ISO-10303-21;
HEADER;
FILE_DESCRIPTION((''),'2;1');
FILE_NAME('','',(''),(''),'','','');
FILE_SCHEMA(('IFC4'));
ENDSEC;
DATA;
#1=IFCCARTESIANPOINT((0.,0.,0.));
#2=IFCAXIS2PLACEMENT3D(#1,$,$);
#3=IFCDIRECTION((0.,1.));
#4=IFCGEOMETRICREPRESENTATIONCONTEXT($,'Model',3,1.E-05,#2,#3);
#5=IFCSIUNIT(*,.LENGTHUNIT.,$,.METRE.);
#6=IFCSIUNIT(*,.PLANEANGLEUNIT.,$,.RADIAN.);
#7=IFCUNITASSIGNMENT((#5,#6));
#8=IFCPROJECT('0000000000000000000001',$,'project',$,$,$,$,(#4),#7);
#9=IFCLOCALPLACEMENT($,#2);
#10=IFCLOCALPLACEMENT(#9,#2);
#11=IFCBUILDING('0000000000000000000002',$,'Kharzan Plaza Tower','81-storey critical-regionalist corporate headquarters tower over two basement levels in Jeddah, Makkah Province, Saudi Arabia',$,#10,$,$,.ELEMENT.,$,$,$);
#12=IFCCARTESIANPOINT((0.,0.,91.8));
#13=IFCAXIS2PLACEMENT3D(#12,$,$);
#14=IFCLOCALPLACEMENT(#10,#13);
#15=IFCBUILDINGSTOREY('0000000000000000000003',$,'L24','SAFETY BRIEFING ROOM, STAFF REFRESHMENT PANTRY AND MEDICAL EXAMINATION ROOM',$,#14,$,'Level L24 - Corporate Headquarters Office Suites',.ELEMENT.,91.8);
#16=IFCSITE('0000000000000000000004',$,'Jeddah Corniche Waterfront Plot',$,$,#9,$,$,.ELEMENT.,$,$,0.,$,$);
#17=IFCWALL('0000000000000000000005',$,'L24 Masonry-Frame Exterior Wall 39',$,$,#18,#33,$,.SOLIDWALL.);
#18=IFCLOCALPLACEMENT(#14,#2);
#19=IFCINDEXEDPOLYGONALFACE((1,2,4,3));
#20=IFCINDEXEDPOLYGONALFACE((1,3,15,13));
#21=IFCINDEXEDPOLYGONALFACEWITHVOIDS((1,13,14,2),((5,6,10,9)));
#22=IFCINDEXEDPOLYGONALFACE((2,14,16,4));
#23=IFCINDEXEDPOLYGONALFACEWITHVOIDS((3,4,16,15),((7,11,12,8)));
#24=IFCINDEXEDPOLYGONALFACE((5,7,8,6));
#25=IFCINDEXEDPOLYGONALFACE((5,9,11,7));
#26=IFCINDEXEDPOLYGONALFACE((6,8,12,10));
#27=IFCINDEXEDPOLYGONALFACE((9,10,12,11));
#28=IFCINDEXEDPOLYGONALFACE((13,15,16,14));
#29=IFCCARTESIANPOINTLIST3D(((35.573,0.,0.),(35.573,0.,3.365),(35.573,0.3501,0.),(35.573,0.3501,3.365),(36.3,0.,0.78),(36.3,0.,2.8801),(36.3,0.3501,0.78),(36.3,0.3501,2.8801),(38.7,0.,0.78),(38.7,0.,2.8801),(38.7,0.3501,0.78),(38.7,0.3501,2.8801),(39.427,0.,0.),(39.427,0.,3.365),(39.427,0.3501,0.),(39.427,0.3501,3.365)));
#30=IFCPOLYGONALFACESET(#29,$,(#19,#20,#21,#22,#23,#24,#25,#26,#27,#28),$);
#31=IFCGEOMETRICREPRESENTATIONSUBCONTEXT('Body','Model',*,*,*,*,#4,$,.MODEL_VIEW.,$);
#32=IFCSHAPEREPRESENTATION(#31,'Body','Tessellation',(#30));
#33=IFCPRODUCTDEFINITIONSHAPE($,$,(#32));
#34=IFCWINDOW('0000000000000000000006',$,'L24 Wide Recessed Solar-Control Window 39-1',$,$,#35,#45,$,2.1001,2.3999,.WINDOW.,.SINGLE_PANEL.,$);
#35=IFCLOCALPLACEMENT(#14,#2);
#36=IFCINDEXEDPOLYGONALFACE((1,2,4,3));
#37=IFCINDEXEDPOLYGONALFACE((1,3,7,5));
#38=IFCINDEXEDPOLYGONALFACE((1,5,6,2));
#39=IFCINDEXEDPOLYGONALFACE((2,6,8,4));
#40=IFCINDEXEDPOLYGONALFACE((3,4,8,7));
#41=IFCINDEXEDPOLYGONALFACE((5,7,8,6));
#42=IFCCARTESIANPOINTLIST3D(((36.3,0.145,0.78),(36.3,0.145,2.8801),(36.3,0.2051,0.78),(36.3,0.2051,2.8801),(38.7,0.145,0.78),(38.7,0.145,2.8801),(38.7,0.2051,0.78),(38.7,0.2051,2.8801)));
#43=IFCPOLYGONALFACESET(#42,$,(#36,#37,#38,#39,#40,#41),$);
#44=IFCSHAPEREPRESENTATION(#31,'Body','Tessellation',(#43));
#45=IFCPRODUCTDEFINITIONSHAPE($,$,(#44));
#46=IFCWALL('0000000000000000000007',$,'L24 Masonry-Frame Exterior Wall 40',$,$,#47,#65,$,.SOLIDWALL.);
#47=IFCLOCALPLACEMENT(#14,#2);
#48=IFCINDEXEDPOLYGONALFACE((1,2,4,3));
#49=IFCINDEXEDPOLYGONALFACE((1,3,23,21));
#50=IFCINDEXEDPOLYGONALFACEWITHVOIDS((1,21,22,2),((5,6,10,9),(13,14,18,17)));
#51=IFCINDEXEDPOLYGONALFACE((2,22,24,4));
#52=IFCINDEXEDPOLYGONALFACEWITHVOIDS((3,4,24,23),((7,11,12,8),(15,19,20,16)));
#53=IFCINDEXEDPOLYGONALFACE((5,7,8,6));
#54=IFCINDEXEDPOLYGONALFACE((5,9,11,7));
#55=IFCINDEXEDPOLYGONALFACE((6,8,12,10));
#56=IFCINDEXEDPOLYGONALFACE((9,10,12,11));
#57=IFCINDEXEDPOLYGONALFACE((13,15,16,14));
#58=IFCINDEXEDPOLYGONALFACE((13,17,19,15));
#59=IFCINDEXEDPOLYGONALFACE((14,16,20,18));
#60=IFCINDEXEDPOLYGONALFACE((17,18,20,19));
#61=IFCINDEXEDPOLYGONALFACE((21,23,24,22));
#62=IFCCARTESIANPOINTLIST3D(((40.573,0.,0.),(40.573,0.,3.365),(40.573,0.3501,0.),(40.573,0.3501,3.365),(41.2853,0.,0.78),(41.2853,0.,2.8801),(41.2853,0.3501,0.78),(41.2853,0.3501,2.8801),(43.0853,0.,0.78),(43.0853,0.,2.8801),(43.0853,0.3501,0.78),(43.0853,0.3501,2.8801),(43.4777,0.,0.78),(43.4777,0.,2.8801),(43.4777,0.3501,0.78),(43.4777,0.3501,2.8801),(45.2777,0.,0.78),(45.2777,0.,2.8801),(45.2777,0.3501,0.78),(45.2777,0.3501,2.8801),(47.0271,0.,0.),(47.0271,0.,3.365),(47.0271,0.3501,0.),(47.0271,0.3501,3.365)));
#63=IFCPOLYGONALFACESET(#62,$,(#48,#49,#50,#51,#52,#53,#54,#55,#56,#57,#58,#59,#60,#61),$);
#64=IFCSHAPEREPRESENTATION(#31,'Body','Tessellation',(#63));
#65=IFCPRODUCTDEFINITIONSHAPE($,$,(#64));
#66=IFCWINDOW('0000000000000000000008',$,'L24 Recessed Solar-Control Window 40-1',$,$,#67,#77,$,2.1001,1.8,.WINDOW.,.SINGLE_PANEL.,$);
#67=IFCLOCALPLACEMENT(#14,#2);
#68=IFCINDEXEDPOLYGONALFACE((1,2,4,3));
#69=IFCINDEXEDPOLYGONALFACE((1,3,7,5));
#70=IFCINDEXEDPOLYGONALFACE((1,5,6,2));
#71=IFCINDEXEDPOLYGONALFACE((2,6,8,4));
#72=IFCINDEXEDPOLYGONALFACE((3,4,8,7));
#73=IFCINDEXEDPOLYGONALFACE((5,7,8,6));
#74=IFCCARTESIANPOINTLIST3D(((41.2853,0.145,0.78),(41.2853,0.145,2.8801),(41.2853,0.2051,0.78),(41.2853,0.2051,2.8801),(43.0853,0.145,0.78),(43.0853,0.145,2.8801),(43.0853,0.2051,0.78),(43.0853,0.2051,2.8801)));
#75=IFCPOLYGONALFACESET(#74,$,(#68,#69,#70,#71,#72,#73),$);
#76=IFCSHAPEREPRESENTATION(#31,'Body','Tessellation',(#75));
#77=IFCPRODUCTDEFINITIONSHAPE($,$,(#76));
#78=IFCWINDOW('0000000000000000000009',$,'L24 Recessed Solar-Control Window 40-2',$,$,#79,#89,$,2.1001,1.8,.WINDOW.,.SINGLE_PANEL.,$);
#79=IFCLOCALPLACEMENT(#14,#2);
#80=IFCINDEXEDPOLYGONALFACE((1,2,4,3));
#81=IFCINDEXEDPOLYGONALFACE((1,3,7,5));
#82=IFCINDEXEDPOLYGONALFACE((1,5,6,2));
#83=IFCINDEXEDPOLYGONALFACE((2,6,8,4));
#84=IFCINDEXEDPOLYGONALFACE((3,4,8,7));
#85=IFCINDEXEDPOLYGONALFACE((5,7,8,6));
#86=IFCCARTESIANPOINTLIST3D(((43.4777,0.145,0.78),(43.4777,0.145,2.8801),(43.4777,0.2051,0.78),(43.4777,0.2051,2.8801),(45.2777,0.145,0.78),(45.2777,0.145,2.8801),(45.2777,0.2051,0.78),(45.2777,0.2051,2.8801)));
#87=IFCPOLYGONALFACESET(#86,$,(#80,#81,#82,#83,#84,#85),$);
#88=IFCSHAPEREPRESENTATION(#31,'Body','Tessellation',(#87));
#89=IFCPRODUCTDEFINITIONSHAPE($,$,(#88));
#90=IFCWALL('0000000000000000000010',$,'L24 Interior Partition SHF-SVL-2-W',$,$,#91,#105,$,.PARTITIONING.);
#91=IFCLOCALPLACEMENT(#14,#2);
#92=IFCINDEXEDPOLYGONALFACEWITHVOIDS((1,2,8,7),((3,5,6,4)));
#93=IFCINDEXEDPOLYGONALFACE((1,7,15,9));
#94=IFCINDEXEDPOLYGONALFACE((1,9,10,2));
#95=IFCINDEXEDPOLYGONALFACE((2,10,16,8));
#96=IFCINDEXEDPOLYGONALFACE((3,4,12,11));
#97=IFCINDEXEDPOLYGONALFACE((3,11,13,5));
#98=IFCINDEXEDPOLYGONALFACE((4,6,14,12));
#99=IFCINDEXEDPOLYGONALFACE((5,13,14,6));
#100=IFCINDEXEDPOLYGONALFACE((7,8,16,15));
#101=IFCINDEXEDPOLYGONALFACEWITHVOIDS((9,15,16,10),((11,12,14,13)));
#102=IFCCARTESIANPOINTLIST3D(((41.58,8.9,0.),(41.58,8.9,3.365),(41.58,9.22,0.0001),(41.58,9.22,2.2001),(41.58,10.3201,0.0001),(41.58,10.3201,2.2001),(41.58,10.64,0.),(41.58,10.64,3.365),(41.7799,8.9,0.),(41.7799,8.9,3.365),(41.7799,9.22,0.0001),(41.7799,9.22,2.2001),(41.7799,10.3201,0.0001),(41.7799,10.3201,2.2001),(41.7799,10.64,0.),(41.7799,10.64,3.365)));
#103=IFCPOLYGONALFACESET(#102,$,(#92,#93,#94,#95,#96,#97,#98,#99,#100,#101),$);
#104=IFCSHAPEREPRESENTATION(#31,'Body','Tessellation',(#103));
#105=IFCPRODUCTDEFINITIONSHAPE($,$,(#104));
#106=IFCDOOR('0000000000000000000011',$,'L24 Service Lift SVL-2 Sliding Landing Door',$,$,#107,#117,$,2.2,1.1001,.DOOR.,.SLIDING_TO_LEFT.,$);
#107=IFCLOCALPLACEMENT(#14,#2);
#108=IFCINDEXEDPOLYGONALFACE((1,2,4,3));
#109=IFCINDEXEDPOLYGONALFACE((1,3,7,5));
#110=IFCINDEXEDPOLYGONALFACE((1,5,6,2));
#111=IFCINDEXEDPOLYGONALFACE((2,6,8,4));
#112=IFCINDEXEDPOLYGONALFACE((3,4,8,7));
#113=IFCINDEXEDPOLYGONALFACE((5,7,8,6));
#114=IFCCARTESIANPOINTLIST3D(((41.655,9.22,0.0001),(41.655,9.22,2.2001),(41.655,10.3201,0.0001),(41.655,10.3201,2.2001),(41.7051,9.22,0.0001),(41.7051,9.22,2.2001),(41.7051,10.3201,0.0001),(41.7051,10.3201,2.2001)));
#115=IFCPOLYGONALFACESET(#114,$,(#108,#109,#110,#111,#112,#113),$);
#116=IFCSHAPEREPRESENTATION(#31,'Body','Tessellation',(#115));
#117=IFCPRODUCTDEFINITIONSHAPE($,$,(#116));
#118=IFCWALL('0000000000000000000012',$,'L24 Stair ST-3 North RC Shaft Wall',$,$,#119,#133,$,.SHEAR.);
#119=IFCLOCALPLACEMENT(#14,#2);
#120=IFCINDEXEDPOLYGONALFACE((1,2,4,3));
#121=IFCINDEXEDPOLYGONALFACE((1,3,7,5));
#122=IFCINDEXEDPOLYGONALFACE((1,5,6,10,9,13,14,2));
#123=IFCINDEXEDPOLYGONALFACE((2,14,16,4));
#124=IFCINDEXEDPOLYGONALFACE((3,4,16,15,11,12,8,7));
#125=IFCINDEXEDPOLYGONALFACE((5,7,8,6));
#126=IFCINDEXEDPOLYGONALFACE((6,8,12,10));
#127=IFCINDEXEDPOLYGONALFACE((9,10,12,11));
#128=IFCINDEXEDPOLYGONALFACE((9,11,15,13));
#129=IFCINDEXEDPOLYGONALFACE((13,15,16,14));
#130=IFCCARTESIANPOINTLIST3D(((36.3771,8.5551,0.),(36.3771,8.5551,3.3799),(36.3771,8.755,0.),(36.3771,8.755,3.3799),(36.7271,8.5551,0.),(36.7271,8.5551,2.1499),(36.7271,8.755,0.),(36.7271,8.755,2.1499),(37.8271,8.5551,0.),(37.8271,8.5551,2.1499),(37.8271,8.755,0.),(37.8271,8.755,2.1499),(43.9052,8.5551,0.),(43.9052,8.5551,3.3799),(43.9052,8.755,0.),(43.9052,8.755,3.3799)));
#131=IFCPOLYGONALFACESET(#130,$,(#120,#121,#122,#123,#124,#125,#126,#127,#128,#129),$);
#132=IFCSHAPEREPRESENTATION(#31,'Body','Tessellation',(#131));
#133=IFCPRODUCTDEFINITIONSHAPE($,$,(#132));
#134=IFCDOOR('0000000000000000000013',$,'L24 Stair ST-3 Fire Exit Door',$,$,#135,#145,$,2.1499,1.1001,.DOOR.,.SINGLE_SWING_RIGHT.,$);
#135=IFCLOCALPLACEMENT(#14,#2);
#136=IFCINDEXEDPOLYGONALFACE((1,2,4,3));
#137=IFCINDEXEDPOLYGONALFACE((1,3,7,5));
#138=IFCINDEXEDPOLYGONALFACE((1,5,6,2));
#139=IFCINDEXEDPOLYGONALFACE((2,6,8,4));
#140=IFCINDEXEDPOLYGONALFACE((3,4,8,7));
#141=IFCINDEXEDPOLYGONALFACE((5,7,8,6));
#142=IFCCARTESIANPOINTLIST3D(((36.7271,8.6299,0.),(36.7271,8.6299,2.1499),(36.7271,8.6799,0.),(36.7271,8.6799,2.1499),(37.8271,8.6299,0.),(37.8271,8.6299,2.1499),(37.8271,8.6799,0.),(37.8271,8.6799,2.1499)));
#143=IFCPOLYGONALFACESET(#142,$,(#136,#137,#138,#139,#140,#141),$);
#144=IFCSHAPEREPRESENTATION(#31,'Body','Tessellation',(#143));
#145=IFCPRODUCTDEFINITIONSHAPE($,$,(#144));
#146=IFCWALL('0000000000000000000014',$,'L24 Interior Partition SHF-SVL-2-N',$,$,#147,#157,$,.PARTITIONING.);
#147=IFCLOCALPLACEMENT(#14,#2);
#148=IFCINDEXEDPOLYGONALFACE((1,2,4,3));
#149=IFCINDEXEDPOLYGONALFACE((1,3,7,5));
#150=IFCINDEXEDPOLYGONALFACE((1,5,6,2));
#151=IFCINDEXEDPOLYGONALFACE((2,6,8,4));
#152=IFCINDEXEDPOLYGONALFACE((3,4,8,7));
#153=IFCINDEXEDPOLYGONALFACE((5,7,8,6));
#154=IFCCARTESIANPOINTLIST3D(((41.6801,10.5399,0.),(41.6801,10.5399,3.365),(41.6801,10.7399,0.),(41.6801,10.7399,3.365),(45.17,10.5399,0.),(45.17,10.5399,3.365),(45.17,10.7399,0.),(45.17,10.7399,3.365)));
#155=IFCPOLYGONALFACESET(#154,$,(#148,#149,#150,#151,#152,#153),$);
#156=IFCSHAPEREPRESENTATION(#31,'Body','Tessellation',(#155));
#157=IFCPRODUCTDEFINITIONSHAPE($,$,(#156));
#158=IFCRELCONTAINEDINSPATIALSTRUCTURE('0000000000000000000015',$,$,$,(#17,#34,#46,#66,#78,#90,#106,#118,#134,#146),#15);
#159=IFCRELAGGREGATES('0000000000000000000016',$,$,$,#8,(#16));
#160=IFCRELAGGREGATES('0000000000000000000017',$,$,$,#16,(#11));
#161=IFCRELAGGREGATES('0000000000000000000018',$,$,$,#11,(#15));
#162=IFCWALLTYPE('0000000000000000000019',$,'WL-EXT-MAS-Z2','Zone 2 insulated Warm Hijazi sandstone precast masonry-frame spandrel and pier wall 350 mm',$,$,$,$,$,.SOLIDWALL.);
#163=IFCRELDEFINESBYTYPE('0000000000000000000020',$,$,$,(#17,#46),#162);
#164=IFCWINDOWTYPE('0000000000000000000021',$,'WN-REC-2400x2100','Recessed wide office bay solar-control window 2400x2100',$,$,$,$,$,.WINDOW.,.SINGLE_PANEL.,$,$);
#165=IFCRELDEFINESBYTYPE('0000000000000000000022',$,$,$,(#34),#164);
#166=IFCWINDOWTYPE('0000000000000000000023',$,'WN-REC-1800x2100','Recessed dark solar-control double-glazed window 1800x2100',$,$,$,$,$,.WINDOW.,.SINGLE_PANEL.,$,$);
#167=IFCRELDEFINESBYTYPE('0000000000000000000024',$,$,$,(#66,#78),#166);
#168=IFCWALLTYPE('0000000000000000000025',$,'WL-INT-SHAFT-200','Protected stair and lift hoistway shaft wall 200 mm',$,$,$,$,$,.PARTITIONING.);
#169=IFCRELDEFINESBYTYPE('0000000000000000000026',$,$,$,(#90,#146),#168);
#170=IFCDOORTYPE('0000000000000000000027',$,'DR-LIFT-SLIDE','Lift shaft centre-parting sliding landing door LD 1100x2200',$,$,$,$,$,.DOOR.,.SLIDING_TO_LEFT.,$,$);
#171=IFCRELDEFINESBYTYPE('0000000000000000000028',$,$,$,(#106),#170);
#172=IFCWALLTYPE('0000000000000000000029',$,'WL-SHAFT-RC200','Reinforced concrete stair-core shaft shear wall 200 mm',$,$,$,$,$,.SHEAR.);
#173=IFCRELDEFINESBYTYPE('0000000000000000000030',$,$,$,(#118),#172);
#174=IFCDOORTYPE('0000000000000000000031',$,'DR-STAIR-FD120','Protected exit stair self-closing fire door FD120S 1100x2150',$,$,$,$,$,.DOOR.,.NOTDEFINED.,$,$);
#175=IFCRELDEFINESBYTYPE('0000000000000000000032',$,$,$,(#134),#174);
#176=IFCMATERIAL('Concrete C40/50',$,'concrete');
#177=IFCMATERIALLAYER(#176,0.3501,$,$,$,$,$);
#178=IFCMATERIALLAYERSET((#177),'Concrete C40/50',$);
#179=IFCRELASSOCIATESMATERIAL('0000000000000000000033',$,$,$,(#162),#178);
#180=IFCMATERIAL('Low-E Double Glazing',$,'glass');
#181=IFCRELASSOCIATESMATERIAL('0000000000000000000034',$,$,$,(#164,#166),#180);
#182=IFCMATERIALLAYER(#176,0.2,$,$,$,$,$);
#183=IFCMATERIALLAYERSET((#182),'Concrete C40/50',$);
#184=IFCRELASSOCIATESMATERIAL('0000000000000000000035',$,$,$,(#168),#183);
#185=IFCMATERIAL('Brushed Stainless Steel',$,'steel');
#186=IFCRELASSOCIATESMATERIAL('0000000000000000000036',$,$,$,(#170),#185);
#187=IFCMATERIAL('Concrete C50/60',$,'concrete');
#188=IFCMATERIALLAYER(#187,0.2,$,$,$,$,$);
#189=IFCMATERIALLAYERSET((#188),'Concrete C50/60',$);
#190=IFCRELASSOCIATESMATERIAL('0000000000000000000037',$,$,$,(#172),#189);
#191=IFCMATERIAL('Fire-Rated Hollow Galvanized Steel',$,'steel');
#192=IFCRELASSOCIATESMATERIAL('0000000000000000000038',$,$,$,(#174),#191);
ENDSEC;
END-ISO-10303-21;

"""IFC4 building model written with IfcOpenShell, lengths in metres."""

from ifc_helpers import new_model, si_unit, direction, frame, frame_2d, origin, place, context, subcontext, project, spatial, rectangle, extrude, source, transform, mapped, material, layer, layer_set, type_object, element, fill, save


model = new_model("IFC4")

# Units and contexts
model_context = context("Model", 3, precision=1e-05, world=origin(), true_north=direction((0.0, 1.0)))
body_context = subcontext(model_context, "Body", "Model", "MODEL_VIEW")
ifc_project = project(units=[si_unit("LENGTHUNIT", "METRE"), si_unit("PLANEANGLEUNIT", "RADIAN")], contexts=[model_context])

# Site, building, storey
site_placement = place(None, origin())
site = spatial("IfcSite", under=ifc_project, at=site_placement, Name="Jeddah Corniche Waterfront Plot", CompositionType="ELEMENT", RefElevation=0.0)
building_placement = place(site_placement, origin())
building = spatial("IfcBuilding", under=site, at=building_placement, Name="Kharzan Plaza Tower", Description="81-storey critical-regionalist corporate headquarters tower over two basement levels in Jeddah, Makkah Province, Saudi Arabia", CompositionType="ELEMENT")
storey_placement = place(building_placement, frame((0.0, 0.0, 91.8)))
storey = spatial("IfcBuildingStorey", under=building, at=storey_placement, Name="L24", Description="SAFETY BRIEFING ROOM, STAFF REFRESHMENT PANTRY AND MEDICAL EXAMINATION ROOM", LongName="Level L24 - Corporate Headquarters Office Suites", CompositionType="ELEMENT", Elevation=91.8)

# Wall, opening, window
ifc_material_1 = material(Name="Concrete C40/50", Category="concrete")
ifc_layer_1 = layer(ifc_material_1, 0.3501)
ifc_layer_set_1 = layer_set([ifc_layer_1], Name="Concrete C40/50")
wall_type_1 = type_object("IfcWallType", Name="WL-EXT-MAS-Z2", Description="Zone 2 insulated Warm Hijazi sandstone precast masonry-frame spandrel and pier wall 350 mm", PredefinedType="SOLIDWALL", material=ifc_layer_set_1)
wall_1_placement = place(storey_placement, frame((35.573, 0.175, 0.0), z_axis=(0.0, 0.0, 1.0), x_axis=(1.0, 0.0, 0.0)))
wall_1 = element("IfcWall", 1, at=wall_1_placement, inside=storey, type_object=wall_type_1, Name="L24 Masonry-Frame Exterior Wall 39", PredefinedType="SOLIDWALL", context=body_context, shape_type="SweptSolid", body=[
    extrude(rectangle(XDim=3.854, YDim=0.3501, at=frame_2d((1.927, 0.0))), origin(), (0.0, 0.0, 1.0), 3.365),
])
opening_1_placement = place(wall_1_placement, frame((0.7271, 0.0, 0.78)))
opening_1 = element("IfcOpeningElement", 2, at=opening_1_placement, cuts=wall_1, PredefinedType="OPENING", context=body_context, shape_type="SweptSolid", body=[
    extrude(rectangle(XDim=2.3999, YDim=2.1001, at=frame_2d((1.2, 1.05))), frame((0.0, 0.1851, 0.0), z_axis=(0.0, -1.0, 0.0), x_axis=(1.0, 0.0, 0.0)), (0.0, 0.0, 1.0), 0.3701),
])
ifc_material_2 = material(Name="Low-E Double Glazing", Category="glass")
window_type_1 = type_object("IfcWindowType", Name="WN-REC-2400x2100", Description="Recessed wide office bay solar-control window 2400x2100", PartitioningType="SINGLE_PANEL", PredefinedType="WINDOW", material=ifc_material_2)
shared_shape_1 = source(origin(), body_context, "Body", "SweptSolid", [
    extrude(rectangle(XDim=2.3999, YDim=2.1001, at=frame_2d((1.2, 1.05))), frame((0.0, 0.03, 0.0), z_axis=(0.0, -1.0, 0.0), x_axis=(1.0, 0.0, 0.0)), (0.0, 0.0, 1.0), 0.0601),
])
window_1_placement = place(opening_1_placement, origin())
window_1 = element("IfcWindow", 3, at=window_1_placement, inside=storey, type_object=window_type_1, Name="L24 Wide Recessed Solar-Control Window 39-1", OverallHeight=2.1001, OverallWidth=2.3999, PartitioningType="SINGLE_PANEL", PredefinedType="WINDOW", context=body_context, shape_type="MappedRepresentation", body=[
    mapped(shared_shape_1, transform((0.0, 0.0, 0.0), x_axis=(1.0, 0.0, 0.0), y_axis=(0.0, 1.0, 0.0), z_axis=(0.0, 0.0, 1.0))),
])
fill(opening_1, window_1)

# Wall, openings, windows
wall_2_placement = place(storey_placement, frame((40.573, 0.175, 0.0), z_axis=(0.0, 0.0, 1.0), x_axis=(1.0, 0.0, 0.0)))
wall_2 = element("IfcWall", 4, at=wall_2_placement, inside=storey, type_object=wall_type_1, Name="L24 Masonry-Frame Exterior Wall 40", PredefinedType="SOLIDWALL", context=body_context, shape_type="SweptSolid", body=[
    extrude(rectangle(XDim=6.4541, YDim=0.3501, at=frame_2d((3.2271, 0.0))), origin(), (0.0, 0.0, 1.0), 3.365),
])
opening_2_placement = place(wall_2_placement, frame((0.7124, 0.0, 0.78)))
opening_2 = element("IfcOpeningElement", 5, at=opening_2_placement, cuts=wall_2, PredefinedType="OPENING", context=body_context, shape_type="SweptSolid", body=[
    extrude(rectangle(XDim=1.8, YDim=2.1001, at=frame_2d((0.8999, 1.05))), frame((0.0, 0.1851, 0.0), z_axis=(0.0, -1.0, 0.0), x_axis=(1.0, 0.0, 0.0)), (0.0, 0.0, 1.0), 0.3701),
])
opening_3_placement = place(wall_2_placement, frame((2.9048, 0.0, 0.78)))
opening_3 = element("IfcOpeningElement", 6, at=opening_3_placement, cuts=wall_2, PredefinedType="OPENING", context=body_context, shape_type="SweptSolid", body=[
    extrude(rectangle(XDim=1.8, YDim=2.1001, at=frame_2d((0.8999, 1.05))), frame((0.0, 0.1851, 0.0), z_axis=(0.0, -1.0, 0.0), x_axis=(1.0, 0.0, 0.0)), (0.0, 0.0, 1.0), 0.3701),
])
window_type_2 = type_object("IfcWindowType", Name="WN-REC-1800x2100", Description="Recessed dark solar-control double-glazed window 1800x2100", PartitioningType="SINGLE_PANEL", PredefinedType="WINDOW", material=ifc_material_2)
shared_shape_2 = source(origin(), body_context, "Body", "SweptSolid", [
    extrude(rectangle(XDim=1.8, YDim=2.1001, at=frame_2d((0.8999, 1.05))), frame((0.0, 0.03, 0.0), z_axis=(0.0, -1.0, 0.0), x_axis=(1.0, 0.0, 0.0)), (0.0, 0.0, 1.0), 0.0601),
])
window_2_placement = place(opening_2_placement, origin())
window_2 = element("IfcWindow", 7, at=window_2_placement, inside=storey, type_object=window_type_2, Name="L24 Recessed Solar-Control Window 40-1", OverallHeight=2.1001, OverallWidth=1.8, PartitioningType="SINGLE_PANEL", PredefinedType="WINDOW", context=body_context, shape_type="MappedRepresentation", body=[
    mapped(shared_shape_2, transform((0.0, 0.0, 0.0), x_axis=(1.0, 0.0, 0.0), y_axis=(0.0, 1.0, 0.0), z_axis=(0.0, 0.0, 1.0))),
])
fill(opening_2, window_2)
window_3_placement = place(opening_3_placement, origin())
window_3 = element("IfcWindow", 8, at=window_3_placement, inside=storey, type_object=window_type_2, Name="L24 Recessed Solar-Control Window 40-2", OverallHeight=2.1001, OverallWidth=1.8, PartitioningType="SINGLE_PANEL", PredefinedType="WINDOW", context=body_context, shape_type="MappedRepresentation", body=[
    mapped(shared_shape_2, transform((0.0, 0.0, 0.0), x_axis=(1.0, 0.0, 0.0), y_axis=(0.0, 1.0, 0.0), z_axis=(0.0, 0.0, 1.0))),
])
fill(opening_3, window_3)

# Walls, openings, doors
ifc_layer_2 = layer(ifc_material_1, 0.2)
ifc_layer_set_2 = layer_set([ifc_layer_2], Name="Concrete C40/50")
wall_type_2 = type_object("IfcWallType", Name="WL-INT-SHAFT-200", Description="Protected stair and lift hoistway shaft wall 200 mm", PredefinedType="PARTITIONING", material=ifc_layer_set_2)
wall_3_placement = place(storey_placement, frame((41.6799, 8.8999, 0.0), z_axis=(0.0, 0.0, 1.0), x_axis=(0.0, 1.0, 0.0)))
wall_3 = element("IfcWall", 9, at=wall_3_placement, inside=storey, type_object=wall_type_2, Name="L24 Interior Partition SHF-SVL-2-W", PredefinedType="PARTITIONING", context=body_context, shape_type="SweptSolid", body=[
    extrude(rectangle(XDim=1.74, YDim=0.2, at=frame_2d((0.8701, 0.0))), origin(), (0.0, 0.0, 1.0), 3.365),
])
opening_4_placement = place(wall_3_placement, frame((0.3201, 0.0, 0.0)))
opening_4 = element("IfcOpeningElement", 10, at=opening_4_placement, cuts=wall_3, PredefinedType="OPENING", context=body_context, shape_type="SweptSolid", body=[
    extrude(rectangle(XDim=1.1001, YDim=2.2, at=frame_2d((0.55, 1.1001))), frame((0.0, 0.1099, 0.0), z_axis=(0.0, -1.0, 0.0), x_axis=(1.0, 0.0, 0.0)), (0.0, 0.0, 1.0), 0.22),
])
ifc_material_3 = material(Name="Brushed Stainless Steel", Category="steel")
door_type_1 = type_object("IfcDoorType", Name="DR-LIFT-SLIDE", Description="Lift shaft centre-parting sliding landing door LD 1100x2200", OperationType="SLIDING_TO_LEFT", PredefinedType="DOOR", material=ifc_material_3)
shared_shape_3 = source(origin(), body_context, "Body", "SweptSolid", [
    extrude(rectangle(XDim=1.1001, YDim=2.2, at=frame_2d((0.55, 1.1001))), frame((0.0, 0.0249, 0.0), z_axis=(0.0, -1.0, 0.0), x_axis=(1.0, 0.0, 0.0)), (0.0, 0.0, 1.0), 0.05),
])
door_1_placement = place(opening_4_placement, origin())
door_1 = element("IfcDoor", 11, at=door_1_placement, inside=storey, type_object=door_type_1, Name="L24 Service Lift SVL-2 Sliding Landing Door", OperationType="SLIDING_TO_LEFT", OverallHeight=2.2, OverallWidth=1.1001, PredefinedType="DOOR", context=body_context, shape_type="MappedRepresentation", body=[
    mapped(shared_shape_3, transform((0.0, 0.0, 0.0), x_axis=(1.0, 0.0, 0.0), y_axis=(0.0, 1.0, 0.0), z_axis=(0.0, 0.0, 1.0))),
])
fill(opening_4, door_1)
ifc_material_4 = material(Name="Concrete C50/60", Category="concrete")
ifc_layer_3 = layer(ifc_material_4, 0.2)
ifc_layer_set_3 = layer_set([ifc_layer_3], Name="Concrete C50/60")
wall_type_3 = type_object("IfcWallType", Name="WL-SHAFT-RC200", Description="Reinforced concrete stair-core shaft shear wall 200 mm", PredefinedType="SHEAR", material=ifc_layer_set_3)
wall_4_placement = place(storey_placement, frame((36.377, 8.655, 0.0), z_axis=(0.0, 0.0, 1.0), x_axis=(1.0, 0.0, 0.0)))
wall_4 = element("IfcWall", 12, at=wall_4_placement, inside=storey, type_object=wall_type_3, Name="L24 Stair ST-3 North RC Shaft Wall", PredefinedType="SHEAR", context=body_context, shape_type="SweptSolid", body=[
    extrude(rectangle(XDim=7.5281, YDim=0.2, at=frame_2d((3.7642, 0.0))), origin(), (0.0, 0.0, 1.0), 3.3799),
])
opening_5_placement = place(wall_4_placement, frame((0.3501, 0.0, 0.0)))
opening_5 = element("IfcOpeningElement", 13, at=opening_5_placement, cuts=wall_4, PredefinedType="OPENING", context=body_context, shape_type="SweptSolid", body=[
    extrude(rectangle(XDim=1.1001, YDim=2.1499, at=frame_2d((0.55, 1.075))), frame((0.0, 0.1099, 0.0), z_axis=(0.0, -1.0, 0.0), x_axis=(1.0, 0.0, 0.0)), (0.0, 0.0, 1.0), 0.22),
])
ifc_material_5 = material(Name="Fire-Rated Hollow Galvanized Steel", Category="steel")
door_type_2 = type_object("IfcDoorType", Name="DR-STAIR-FD120", Description="Protected exit stair self-closing fire door FD120S 1100x2150", OperationType="NOTDEFINED", PredefinedType="DOOR", material=ifc_material_5)
shared_shape_4 = source(origin(), body_context, "Body", "SweptSolid", [
    extrude(rectangle(XDim=1.1001, YDim=2.1499, at=frame_2d((0.55, 1.075))), frame((0.0, 0.0249, 0.0), z_axis=(0.0, -1.0, 0.0), x_axis=(1.0, 0.0, 0.0)), (0.0, 0.0, 1.0), 0.05),
])
door_2_placement = place(opening_5_placement, origin())
door_2 = element("IfcDoor", 14, at=door_2_placement, inside=storey, type_object=door_type_2, Name="L24 Stair ST-3 Fire Exit Door", OperationType="SINGLE_SWING_RIGHT", OverallHeight=2.1499, OverallWidth=1.1001, PredefinedType="DOOR", context=body_context, shape_type="MappedRepresentation", body=[
    mapped(shared_shape_4, transform((0.0, 0.0, 0.0), x_axis=(1.0, 0.0, 0.0), y_axis=(0.0, 1.0, 0.0), z_axis=(0.0, 0.0, 1.0))),
])
fill(opening_5, door_2)

# Wall
shared_shape_5 = source(origin(), body_context, "Body", "SweptSolid", [
    extrude(rectangle(XDim=3.49, YDim=0.2, at=frame_2d((1.7451, 0.0))), origin(), (0.0, 0.0, 1.0), 3.365),
])
wall_5_placement = place(storey_placement, frame((41.6799, 10.6399, 0.0), z_axis=(0.0, 0.0, 1.0), x_axis=(1.0, 0.0, 0.0)))
element("IfcWall", 15, at=wall_5_placement, inside=storey, type_object=wall_type_2, Name="L24 Interior Partition SHF-SVL-2-N", PredefinedType="PARTITIONING", context=body_context, shape_type="MappedRepresentation", body=[
    mapped(shared_shape_5, transform((0.0, 0.0, 0.0), x_axis=(1.0, 0.0, 0.0), y_axis=(0.0, 1.0, 0.0), z_axis=(0.0, 0.0, 1.0))),
])

save(model, "model.ifc")
